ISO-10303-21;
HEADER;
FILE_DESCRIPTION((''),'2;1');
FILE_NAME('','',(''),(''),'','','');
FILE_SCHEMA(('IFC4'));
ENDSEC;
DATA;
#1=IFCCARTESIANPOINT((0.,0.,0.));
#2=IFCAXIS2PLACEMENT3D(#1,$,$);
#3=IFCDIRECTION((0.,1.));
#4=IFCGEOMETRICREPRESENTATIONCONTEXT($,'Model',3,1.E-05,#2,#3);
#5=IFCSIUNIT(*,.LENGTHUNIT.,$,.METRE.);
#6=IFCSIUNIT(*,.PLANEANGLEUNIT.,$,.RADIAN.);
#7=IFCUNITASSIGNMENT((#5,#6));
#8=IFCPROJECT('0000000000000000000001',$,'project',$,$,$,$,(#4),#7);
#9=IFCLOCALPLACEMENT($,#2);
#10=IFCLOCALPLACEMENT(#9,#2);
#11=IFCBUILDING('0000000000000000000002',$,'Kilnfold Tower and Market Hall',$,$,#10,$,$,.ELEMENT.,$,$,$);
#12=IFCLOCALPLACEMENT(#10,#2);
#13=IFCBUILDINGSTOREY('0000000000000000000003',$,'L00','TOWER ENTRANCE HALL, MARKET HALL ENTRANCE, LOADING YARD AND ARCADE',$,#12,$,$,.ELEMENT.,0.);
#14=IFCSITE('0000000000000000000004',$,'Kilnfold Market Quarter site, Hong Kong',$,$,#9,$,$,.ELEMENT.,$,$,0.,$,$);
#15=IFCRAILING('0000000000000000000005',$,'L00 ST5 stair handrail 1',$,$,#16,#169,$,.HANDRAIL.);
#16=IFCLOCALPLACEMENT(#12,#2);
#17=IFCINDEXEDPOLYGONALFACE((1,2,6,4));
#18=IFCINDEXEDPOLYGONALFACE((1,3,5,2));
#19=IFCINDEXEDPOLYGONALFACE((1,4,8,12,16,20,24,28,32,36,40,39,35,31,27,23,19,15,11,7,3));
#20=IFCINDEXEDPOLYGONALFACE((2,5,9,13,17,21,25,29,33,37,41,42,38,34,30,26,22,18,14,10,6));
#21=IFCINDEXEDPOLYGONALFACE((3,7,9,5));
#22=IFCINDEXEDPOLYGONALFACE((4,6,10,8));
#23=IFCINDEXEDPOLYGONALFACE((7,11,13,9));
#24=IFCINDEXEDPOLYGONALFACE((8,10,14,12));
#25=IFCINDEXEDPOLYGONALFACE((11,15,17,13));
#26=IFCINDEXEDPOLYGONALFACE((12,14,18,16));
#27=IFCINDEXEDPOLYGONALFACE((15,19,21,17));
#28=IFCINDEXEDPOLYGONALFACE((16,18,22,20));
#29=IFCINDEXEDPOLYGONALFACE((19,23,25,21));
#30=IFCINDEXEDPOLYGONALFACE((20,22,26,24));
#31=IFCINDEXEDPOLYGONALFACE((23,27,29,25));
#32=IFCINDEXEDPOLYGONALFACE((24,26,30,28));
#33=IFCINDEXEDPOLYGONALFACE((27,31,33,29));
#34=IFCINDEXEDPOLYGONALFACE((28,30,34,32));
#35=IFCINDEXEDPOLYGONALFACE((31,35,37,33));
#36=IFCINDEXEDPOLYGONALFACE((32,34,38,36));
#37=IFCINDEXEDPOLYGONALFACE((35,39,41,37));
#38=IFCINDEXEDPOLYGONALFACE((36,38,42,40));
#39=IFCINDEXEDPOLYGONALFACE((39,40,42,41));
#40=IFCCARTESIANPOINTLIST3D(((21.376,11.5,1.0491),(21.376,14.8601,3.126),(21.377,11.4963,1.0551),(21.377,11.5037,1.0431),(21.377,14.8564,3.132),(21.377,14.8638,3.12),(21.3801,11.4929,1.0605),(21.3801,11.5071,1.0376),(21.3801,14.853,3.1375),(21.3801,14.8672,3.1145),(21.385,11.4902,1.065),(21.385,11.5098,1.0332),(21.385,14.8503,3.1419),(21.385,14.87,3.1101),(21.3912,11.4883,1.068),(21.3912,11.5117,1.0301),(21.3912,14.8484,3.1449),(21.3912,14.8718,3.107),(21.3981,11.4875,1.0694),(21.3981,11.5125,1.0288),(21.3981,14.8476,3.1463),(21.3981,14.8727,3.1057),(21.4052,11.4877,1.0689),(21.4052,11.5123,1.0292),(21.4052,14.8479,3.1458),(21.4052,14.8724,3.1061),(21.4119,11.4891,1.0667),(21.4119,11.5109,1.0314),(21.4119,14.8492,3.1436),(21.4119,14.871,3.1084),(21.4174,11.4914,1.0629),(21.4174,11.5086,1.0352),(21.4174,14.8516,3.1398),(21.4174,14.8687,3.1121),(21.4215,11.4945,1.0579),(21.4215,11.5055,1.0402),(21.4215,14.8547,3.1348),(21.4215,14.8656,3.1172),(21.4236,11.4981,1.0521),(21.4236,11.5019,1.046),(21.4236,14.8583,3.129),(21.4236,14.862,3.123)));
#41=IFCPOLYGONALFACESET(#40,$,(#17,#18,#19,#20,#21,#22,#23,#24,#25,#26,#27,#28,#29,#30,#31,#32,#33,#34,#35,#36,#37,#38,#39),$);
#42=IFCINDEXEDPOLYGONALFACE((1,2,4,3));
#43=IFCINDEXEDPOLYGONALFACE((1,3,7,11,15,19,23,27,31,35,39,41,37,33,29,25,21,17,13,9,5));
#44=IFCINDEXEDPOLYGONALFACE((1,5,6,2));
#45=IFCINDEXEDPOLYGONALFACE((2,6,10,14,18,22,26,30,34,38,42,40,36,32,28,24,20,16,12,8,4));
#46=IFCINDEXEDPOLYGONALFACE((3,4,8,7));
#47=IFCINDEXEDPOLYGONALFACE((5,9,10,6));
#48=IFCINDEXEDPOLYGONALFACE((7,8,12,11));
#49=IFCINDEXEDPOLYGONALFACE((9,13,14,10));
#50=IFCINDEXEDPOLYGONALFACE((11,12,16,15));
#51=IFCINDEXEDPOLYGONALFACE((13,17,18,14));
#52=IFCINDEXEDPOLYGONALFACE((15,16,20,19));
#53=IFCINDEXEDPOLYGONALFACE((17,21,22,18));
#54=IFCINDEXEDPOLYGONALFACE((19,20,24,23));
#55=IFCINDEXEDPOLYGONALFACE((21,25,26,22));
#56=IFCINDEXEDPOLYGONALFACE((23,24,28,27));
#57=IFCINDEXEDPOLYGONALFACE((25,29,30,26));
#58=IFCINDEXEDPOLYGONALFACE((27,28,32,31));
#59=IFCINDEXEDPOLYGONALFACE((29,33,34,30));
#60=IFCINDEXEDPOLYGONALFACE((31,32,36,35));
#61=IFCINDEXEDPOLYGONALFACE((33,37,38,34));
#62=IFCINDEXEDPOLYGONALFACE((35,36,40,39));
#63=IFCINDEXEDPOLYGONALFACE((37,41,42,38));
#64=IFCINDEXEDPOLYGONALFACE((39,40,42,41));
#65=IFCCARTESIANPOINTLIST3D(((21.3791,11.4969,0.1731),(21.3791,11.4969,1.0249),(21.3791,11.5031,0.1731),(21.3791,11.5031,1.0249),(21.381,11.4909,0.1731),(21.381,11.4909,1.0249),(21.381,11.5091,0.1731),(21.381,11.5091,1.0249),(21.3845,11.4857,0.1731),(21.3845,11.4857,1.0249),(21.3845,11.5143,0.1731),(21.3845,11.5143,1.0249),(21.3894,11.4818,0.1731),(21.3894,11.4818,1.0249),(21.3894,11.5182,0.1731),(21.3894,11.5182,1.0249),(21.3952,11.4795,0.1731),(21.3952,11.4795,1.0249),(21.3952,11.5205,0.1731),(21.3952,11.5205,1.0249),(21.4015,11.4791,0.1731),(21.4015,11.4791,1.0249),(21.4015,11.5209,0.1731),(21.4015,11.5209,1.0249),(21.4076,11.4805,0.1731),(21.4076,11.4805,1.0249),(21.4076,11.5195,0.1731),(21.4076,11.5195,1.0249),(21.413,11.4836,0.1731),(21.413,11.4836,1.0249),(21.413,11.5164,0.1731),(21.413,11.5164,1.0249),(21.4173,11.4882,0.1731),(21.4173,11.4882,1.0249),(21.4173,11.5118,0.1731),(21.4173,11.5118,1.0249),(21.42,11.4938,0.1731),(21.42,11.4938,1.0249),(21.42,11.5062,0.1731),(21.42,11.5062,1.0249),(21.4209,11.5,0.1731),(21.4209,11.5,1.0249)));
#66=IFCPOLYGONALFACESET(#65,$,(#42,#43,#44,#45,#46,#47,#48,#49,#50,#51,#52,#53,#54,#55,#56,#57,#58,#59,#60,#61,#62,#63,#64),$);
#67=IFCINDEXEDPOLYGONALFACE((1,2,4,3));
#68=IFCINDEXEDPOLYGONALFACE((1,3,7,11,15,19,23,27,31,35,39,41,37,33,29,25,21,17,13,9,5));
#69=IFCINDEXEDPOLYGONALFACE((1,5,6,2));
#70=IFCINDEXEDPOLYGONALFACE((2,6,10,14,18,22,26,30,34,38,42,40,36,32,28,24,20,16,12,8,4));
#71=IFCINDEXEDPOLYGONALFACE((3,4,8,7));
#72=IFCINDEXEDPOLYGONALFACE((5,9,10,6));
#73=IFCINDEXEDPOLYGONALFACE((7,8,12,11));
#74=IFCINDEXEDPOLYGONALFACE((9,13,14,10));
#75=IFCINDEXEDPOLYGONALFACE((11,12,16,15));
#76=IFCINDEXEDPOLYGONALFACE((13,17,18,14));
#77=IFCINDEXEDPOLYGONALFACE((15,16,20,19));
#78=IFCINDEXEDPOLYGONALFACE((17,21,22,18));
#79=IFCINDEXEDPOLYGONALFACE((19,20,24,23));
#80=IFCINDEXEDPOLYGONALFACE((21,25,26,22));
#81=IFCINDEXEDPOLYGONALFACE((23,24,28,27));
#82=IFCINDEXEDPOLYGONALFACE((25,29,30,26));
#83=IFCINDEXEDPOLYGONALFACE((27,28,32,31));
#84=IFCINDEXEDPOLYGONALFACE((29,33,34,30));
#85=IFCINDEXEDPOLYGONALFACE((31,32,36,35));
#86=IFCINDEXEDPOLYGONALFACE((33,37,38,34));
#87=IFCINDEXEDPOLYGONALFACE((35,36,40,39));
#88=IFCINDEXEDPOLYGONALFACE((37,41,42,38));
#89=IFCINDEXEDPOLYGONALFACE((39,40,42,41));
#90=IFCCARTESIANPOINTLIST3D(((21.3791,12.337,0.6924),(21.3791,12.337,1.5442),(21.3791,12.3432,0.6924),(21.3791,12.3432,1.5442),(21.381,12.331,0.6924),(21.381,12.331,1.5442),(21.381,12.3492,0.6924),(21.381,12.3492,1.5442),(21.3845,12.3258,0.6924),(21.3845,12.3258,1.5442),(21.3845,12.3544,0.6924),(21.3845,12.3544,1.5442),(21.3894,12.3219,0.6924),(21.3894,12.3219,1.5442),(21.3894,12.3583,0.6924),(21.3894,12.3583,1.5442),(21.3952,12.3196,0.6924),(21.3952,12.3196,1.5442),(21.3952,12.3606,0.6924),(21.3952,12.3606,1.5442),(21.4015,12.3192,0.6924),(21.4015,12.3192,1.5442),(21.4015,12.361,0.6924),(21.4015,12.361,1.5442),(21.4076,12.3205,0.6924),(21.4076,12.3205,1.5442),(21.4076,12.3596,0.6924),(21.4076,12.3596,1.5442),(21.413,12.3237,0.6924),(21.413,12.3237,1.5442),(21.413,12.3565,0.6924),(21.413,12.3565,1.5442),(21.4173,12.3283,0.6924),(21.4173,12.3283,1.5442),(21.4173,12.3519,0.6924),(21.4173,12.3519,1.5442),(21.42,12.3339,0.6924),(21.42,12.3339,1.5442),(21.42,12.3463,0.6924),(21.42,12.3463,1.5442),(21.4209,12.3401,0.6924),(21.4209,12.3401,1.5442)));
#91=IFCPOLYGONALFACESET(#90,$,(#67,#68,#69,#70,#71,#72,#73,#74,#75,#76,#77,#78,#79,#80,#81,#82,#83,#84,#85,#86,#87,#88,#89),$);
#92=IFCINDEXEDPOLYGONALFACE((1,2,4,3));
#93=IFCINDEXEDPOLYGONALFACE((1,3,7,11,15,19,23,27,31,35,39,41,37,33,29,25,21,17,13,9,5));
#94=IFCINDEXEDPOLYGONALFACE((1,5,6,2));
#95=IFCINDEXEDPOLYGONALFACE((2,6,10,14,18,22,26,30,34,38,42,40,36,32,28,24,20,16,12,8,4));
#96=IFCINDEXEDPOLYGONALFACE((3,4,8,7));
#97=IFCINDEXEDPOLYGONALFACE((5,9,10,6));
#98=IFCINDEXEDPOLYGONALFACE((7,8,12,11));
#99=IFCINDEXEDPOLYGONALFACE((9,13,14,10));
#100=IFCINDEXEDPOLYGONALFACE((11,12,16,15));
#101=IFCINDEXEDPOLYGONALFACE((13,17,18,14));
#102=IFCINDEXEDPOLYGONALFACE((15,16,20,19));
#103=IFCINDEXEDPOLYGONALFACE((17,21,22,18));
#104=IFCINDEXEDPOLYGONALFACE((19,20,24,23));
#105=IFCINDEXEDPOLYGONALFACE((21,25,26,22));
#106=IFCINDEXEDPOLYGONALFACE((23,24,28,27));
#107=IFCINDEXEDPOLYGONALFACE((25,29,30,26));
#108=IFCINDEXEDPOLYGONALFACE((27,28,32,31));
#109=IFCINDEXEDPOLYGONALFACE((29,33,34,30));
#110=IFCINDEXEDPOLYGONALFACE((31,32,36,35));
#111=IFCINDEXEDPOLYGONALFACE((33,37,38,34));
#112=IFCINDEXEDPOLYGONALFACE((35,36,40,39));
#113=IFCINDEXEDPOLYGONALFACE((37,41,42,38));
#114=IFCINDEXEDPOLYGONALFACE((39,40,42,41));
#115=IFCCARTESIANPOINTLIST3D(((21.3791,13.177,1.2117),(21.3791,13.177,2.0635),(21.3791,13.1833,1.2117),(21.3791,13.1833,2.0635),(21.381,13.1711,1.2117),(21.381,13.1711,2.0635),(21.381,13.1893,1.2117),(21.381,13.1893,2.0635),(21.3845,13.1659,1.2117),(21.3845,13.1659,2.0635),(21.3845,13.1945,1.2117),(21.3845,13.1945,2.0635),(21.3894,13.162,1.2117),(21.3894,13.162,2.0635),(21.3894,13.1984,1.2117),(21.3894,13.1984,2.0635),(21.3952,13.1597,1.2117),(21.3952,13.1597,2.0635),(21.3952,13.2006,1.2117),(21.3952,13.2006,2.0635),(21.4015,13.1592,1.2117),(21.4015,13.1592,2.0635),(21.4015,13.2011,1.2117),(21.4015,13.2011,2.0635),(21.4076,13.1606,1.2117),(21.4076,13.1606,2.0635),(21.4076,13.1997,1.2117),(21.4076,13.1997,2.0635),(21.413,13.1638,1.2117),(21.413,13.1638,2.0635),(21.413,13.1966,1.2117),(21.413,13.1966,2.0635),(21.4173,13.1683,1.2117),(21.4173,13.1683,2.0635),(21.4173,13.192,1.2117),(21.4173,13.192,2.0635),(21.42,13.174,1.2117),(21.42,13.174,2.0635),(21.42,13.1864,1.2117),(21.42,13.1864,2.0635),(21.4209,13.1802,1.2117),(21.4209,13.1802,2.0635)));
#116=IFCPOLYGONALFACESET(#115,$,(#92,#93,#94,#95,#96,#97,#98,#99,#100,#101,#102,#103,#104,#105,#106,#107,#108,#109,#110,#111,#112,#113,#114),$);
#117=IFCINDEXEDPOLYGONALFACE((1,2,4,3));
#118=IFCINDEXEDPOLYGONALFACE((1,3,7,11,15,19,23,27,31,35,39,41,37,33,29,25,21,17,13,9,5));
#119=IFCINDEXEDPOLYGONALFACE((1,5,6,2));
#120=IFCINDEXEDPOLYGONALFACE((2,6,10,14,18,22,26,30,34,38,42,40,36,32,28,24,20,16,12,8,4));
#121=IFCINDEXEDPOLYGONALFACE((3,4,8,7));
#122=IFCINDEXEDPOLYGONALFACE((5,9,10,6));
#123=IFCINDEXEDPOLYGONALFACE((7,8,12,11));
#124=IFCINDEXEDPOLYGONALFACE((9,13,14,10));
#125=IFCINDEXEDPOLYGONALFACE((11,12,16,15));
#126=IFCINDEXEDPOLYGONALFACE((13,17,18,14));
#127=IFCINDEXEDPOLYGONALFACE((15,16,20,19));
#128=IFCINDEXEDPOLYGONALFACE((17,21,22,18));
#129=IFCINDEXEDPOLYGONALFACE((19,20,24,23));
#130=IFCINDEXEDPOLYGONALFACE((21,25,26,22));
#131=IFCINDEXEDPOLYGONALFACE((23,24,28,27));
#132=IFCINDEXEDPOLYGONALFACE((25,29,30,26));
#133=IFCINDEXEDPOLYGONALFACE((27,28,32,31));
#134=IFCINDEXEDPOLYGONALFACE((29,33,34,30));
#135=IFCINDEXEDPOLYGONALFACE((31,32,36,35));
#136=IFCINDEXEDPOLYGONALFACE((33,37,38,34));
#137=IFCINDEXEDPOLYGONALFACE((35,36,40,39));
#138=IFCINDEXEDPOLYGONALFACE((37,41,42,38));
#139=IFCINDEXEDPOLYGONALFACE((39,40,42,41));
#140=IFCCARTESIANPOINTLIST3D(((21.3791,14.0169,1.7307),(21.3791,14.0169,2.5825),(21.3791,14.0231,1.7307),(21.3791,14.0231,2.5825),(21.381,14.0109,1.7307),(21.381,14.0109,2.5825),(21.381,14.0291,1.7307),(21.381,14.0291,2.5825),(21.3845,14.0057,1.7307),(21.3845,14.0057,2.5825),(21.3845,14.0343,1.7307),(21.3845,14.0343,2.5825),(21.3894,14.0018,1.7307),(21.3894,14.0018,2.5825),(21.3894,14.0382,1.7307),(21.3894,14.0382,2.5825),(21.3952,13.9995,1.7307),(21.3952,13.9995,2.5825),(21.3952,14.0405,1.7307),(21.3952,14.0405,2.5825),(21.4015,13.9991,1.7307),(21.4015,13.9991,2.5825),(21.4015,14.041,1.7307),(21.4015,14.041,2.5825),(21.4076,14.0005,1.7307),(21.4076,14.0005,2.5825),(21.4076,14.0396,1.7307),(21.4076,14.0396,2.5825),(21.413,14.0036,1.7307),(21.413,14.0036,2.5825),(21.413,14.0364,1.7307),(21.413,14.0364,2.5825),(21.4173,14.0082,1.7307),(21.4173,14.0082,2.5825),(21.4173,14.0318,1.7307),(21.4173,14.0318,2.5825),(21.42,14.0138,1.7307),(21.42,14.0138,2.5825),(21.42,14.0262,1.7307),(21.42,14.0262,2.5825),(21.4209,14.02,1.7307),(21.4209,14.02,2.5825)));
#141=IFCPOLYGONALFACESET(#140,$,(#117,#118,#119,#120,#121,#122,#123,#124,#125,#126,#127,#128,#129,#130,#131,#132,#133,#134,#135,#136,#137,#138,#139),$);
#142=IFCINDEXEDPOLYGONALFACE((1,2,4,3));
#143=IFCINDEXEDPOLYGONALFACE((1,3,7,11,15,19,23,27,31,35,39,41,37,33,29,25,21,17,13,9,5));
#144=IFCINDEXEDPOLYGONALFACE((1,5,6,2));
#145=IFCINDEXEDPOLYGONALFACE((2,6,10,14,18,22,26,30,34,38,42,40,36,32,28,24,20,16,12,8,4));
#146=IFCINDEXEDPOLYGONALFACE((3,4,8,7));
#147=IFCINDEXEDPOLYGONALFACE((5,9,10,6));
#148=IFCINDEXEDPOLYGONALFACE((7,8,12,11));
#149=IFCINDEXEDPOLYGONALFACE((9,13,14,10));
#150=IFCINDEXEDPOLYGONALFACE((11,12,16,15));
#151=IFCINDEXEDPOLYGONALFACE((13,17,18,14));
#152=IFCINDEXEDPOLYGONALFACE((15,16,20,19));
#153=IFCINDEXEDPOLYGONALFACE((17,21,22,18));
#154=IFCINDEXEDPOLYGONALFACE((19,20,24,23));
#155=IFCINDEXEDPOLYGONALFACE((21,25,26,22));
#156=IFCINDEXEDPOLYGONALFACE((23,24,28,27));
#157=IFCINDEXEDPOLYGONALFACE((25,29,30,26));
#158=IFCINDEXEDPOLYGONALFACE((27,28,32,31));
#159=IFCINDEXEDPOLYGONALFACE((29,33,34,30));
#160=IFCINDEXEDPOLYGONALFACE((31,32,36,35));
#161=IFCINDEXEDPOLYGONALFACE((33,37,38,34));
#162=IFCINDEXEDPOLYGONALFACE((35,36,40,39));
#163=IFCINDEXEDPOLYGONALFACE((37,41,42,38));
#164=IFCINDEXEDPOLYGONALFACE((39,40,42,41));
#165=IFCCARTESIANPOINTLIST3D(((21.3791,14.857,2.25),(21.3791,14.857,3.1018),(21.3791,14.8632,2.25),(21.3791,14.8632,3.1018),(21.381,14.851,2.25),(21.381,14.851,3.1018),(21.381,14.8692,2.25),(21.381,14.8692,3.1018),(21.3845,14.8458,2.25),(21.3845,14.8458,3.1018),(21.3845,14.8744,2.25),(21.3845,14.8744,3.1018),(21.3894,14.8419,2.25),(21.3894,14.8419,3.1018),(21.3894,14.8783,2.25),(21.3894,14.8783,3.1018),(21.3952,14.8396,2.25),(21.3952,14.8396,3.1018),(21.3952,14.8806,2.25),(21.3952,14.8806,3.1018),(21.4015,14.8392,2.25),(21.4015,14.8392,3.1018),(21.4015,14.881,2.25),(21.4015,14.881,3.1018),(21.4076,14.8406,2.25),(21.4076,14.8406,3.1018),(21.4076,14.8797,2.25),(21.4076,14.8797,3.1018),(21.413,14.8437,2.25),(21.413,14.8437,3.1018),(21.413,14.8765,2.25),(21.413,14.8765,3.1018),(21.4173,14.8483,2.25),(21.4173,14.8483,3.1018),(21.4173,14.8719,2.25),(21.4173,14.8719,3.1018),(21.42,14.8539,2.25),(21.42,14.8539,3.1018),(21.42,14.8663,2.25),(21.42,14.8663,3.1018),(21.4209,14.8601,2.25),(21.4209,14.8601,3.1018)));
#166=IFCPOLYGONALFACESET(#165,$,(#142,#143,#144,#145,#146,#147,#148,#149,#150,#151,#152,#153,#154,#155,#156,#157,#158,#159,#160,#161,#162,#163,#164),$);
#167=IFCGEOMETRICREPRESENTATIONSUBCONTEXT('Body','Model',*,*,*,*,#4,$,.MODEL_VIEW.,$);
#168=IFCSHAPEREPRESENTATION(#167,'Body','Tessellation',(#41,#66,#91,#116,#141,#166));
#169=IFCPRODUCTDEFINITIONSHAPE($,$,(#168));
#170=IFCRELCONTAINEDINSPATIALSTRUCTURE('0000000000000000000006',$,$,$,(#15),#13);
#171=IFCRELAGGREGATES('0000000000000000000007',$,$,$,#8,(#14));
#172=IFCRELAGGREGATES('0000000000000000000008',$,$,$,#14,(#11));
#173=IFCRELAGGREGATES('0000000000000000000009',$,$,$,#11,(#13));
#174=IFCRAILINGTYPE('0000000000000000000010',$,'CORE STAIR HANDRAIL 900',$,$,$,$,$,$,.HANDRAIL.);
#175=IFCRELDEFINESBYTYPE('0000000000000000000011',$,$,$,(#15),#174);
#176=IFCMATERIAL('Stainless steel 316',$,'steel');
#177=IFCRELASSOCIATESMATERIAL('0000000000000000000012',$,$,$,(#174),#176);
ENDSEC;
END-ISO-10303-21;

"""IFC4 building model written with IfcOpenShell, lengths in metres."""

from ifc_helpers import new_model, si_unit, direction, frame, origin, origin_2d, place, context, subcontext, project, spatial, circle, extrude, material, type_object, element, save


model = new_model("IFC4")

# Units and contexts
model_context = context("Model", 3, precision=1e-05, world=origin(), true_north=direction((0.0, 1.0)))
body_context = subcontext(model_context, "Body", "Model", "MODEL_VIEW")
ifc_project = project(units=[si_unit("LENGTHUNIT", "METRE"), si_unit("PLANEANGLEUNIT", "RADIAN")], contexts=[model_context])

# Site, building, storey
site_placement = place(None, origin())
site = spatial("IfcSite", under=ifc_project, at=site_placement, Name="Kilnfold Market Quarter site, Hong Kong", CompositionType="ELEMENT", RefElevation=0.0)
building_placement = place(site_placement, origin())
building = spatial("IfcBuilding", under=site, at=building_placement, Name="Kilnfold Tower and Market Hall", CompositionType="ELEMENT")
storey_placement = place(building_placement, origin())
storey = spatial("IfcBuildingStorey", under=building, at=storey_placement, Name="L00", Description="TOWER ENTRANCE HALL, MARKET HALL ENTRANCE, LOADING YARD AND ARCADE", CompositionType="ELEMENT", Elevation=0.0)

# Railing
ifc_material_1 = material(Name="Stainless steel 316", Category="steel")
railing_type_1 = type_object("IfcRailingType", Name="CORE STAIR HANDRAIL 900", PredefinedType="HANDRAIL", material=ifc_material_1)
railing_1_placement = place(storey_placement, frame((21.3999, 11.5, 0.1731)))
element("IfcRailing", 1, at=railing_1_placement, inside=storey, type_object=railing_type_1, Name="L00 ST5 stair handrail 1", PredefinedType="HANDRAIL", context=body_context, shape_type="SweptSolid", body=[
    extrude(circle(Radius=0.0239, at=origin_2d()), frame((0.0, 0.0, 0.876), z_axis=(0.0, 0.850623, 0.525776), x_axis=(-1.0, 0.0, 0.0)), (0.0, 0.0, 1.0), 3.9502),
    extrude(circle(Radius=0.021, at=origin_2d()), origin(), (0.0, 0.0, 1.0), 0.8518),
    extrude(circle(Radius=0.021, at=origin_2d()), frame((0.0, 0.8401, 0.5193)), (0.0, 0.0, 1.0), 0.8518),
    extrude(circle(Radius=0.021, at=origin_2d()), frame((0.0, 1.6802, 1.0386)), (0.0, 0.0, 1.0), 0.8518),
    extrude(circle(Radius=0.021, at=origin_2d()), frame((0.0, 2.52, 1.5576)), (0.0, 0.0, 1.0), 0.8518),
    extrude(circle(Radius=0.021, at=origin_2d()), frame((0.0, 3.3601, 2.0769)), (0.0, 0.0, 1.0), 0.8518),
])

save(model, "model.ifc")
